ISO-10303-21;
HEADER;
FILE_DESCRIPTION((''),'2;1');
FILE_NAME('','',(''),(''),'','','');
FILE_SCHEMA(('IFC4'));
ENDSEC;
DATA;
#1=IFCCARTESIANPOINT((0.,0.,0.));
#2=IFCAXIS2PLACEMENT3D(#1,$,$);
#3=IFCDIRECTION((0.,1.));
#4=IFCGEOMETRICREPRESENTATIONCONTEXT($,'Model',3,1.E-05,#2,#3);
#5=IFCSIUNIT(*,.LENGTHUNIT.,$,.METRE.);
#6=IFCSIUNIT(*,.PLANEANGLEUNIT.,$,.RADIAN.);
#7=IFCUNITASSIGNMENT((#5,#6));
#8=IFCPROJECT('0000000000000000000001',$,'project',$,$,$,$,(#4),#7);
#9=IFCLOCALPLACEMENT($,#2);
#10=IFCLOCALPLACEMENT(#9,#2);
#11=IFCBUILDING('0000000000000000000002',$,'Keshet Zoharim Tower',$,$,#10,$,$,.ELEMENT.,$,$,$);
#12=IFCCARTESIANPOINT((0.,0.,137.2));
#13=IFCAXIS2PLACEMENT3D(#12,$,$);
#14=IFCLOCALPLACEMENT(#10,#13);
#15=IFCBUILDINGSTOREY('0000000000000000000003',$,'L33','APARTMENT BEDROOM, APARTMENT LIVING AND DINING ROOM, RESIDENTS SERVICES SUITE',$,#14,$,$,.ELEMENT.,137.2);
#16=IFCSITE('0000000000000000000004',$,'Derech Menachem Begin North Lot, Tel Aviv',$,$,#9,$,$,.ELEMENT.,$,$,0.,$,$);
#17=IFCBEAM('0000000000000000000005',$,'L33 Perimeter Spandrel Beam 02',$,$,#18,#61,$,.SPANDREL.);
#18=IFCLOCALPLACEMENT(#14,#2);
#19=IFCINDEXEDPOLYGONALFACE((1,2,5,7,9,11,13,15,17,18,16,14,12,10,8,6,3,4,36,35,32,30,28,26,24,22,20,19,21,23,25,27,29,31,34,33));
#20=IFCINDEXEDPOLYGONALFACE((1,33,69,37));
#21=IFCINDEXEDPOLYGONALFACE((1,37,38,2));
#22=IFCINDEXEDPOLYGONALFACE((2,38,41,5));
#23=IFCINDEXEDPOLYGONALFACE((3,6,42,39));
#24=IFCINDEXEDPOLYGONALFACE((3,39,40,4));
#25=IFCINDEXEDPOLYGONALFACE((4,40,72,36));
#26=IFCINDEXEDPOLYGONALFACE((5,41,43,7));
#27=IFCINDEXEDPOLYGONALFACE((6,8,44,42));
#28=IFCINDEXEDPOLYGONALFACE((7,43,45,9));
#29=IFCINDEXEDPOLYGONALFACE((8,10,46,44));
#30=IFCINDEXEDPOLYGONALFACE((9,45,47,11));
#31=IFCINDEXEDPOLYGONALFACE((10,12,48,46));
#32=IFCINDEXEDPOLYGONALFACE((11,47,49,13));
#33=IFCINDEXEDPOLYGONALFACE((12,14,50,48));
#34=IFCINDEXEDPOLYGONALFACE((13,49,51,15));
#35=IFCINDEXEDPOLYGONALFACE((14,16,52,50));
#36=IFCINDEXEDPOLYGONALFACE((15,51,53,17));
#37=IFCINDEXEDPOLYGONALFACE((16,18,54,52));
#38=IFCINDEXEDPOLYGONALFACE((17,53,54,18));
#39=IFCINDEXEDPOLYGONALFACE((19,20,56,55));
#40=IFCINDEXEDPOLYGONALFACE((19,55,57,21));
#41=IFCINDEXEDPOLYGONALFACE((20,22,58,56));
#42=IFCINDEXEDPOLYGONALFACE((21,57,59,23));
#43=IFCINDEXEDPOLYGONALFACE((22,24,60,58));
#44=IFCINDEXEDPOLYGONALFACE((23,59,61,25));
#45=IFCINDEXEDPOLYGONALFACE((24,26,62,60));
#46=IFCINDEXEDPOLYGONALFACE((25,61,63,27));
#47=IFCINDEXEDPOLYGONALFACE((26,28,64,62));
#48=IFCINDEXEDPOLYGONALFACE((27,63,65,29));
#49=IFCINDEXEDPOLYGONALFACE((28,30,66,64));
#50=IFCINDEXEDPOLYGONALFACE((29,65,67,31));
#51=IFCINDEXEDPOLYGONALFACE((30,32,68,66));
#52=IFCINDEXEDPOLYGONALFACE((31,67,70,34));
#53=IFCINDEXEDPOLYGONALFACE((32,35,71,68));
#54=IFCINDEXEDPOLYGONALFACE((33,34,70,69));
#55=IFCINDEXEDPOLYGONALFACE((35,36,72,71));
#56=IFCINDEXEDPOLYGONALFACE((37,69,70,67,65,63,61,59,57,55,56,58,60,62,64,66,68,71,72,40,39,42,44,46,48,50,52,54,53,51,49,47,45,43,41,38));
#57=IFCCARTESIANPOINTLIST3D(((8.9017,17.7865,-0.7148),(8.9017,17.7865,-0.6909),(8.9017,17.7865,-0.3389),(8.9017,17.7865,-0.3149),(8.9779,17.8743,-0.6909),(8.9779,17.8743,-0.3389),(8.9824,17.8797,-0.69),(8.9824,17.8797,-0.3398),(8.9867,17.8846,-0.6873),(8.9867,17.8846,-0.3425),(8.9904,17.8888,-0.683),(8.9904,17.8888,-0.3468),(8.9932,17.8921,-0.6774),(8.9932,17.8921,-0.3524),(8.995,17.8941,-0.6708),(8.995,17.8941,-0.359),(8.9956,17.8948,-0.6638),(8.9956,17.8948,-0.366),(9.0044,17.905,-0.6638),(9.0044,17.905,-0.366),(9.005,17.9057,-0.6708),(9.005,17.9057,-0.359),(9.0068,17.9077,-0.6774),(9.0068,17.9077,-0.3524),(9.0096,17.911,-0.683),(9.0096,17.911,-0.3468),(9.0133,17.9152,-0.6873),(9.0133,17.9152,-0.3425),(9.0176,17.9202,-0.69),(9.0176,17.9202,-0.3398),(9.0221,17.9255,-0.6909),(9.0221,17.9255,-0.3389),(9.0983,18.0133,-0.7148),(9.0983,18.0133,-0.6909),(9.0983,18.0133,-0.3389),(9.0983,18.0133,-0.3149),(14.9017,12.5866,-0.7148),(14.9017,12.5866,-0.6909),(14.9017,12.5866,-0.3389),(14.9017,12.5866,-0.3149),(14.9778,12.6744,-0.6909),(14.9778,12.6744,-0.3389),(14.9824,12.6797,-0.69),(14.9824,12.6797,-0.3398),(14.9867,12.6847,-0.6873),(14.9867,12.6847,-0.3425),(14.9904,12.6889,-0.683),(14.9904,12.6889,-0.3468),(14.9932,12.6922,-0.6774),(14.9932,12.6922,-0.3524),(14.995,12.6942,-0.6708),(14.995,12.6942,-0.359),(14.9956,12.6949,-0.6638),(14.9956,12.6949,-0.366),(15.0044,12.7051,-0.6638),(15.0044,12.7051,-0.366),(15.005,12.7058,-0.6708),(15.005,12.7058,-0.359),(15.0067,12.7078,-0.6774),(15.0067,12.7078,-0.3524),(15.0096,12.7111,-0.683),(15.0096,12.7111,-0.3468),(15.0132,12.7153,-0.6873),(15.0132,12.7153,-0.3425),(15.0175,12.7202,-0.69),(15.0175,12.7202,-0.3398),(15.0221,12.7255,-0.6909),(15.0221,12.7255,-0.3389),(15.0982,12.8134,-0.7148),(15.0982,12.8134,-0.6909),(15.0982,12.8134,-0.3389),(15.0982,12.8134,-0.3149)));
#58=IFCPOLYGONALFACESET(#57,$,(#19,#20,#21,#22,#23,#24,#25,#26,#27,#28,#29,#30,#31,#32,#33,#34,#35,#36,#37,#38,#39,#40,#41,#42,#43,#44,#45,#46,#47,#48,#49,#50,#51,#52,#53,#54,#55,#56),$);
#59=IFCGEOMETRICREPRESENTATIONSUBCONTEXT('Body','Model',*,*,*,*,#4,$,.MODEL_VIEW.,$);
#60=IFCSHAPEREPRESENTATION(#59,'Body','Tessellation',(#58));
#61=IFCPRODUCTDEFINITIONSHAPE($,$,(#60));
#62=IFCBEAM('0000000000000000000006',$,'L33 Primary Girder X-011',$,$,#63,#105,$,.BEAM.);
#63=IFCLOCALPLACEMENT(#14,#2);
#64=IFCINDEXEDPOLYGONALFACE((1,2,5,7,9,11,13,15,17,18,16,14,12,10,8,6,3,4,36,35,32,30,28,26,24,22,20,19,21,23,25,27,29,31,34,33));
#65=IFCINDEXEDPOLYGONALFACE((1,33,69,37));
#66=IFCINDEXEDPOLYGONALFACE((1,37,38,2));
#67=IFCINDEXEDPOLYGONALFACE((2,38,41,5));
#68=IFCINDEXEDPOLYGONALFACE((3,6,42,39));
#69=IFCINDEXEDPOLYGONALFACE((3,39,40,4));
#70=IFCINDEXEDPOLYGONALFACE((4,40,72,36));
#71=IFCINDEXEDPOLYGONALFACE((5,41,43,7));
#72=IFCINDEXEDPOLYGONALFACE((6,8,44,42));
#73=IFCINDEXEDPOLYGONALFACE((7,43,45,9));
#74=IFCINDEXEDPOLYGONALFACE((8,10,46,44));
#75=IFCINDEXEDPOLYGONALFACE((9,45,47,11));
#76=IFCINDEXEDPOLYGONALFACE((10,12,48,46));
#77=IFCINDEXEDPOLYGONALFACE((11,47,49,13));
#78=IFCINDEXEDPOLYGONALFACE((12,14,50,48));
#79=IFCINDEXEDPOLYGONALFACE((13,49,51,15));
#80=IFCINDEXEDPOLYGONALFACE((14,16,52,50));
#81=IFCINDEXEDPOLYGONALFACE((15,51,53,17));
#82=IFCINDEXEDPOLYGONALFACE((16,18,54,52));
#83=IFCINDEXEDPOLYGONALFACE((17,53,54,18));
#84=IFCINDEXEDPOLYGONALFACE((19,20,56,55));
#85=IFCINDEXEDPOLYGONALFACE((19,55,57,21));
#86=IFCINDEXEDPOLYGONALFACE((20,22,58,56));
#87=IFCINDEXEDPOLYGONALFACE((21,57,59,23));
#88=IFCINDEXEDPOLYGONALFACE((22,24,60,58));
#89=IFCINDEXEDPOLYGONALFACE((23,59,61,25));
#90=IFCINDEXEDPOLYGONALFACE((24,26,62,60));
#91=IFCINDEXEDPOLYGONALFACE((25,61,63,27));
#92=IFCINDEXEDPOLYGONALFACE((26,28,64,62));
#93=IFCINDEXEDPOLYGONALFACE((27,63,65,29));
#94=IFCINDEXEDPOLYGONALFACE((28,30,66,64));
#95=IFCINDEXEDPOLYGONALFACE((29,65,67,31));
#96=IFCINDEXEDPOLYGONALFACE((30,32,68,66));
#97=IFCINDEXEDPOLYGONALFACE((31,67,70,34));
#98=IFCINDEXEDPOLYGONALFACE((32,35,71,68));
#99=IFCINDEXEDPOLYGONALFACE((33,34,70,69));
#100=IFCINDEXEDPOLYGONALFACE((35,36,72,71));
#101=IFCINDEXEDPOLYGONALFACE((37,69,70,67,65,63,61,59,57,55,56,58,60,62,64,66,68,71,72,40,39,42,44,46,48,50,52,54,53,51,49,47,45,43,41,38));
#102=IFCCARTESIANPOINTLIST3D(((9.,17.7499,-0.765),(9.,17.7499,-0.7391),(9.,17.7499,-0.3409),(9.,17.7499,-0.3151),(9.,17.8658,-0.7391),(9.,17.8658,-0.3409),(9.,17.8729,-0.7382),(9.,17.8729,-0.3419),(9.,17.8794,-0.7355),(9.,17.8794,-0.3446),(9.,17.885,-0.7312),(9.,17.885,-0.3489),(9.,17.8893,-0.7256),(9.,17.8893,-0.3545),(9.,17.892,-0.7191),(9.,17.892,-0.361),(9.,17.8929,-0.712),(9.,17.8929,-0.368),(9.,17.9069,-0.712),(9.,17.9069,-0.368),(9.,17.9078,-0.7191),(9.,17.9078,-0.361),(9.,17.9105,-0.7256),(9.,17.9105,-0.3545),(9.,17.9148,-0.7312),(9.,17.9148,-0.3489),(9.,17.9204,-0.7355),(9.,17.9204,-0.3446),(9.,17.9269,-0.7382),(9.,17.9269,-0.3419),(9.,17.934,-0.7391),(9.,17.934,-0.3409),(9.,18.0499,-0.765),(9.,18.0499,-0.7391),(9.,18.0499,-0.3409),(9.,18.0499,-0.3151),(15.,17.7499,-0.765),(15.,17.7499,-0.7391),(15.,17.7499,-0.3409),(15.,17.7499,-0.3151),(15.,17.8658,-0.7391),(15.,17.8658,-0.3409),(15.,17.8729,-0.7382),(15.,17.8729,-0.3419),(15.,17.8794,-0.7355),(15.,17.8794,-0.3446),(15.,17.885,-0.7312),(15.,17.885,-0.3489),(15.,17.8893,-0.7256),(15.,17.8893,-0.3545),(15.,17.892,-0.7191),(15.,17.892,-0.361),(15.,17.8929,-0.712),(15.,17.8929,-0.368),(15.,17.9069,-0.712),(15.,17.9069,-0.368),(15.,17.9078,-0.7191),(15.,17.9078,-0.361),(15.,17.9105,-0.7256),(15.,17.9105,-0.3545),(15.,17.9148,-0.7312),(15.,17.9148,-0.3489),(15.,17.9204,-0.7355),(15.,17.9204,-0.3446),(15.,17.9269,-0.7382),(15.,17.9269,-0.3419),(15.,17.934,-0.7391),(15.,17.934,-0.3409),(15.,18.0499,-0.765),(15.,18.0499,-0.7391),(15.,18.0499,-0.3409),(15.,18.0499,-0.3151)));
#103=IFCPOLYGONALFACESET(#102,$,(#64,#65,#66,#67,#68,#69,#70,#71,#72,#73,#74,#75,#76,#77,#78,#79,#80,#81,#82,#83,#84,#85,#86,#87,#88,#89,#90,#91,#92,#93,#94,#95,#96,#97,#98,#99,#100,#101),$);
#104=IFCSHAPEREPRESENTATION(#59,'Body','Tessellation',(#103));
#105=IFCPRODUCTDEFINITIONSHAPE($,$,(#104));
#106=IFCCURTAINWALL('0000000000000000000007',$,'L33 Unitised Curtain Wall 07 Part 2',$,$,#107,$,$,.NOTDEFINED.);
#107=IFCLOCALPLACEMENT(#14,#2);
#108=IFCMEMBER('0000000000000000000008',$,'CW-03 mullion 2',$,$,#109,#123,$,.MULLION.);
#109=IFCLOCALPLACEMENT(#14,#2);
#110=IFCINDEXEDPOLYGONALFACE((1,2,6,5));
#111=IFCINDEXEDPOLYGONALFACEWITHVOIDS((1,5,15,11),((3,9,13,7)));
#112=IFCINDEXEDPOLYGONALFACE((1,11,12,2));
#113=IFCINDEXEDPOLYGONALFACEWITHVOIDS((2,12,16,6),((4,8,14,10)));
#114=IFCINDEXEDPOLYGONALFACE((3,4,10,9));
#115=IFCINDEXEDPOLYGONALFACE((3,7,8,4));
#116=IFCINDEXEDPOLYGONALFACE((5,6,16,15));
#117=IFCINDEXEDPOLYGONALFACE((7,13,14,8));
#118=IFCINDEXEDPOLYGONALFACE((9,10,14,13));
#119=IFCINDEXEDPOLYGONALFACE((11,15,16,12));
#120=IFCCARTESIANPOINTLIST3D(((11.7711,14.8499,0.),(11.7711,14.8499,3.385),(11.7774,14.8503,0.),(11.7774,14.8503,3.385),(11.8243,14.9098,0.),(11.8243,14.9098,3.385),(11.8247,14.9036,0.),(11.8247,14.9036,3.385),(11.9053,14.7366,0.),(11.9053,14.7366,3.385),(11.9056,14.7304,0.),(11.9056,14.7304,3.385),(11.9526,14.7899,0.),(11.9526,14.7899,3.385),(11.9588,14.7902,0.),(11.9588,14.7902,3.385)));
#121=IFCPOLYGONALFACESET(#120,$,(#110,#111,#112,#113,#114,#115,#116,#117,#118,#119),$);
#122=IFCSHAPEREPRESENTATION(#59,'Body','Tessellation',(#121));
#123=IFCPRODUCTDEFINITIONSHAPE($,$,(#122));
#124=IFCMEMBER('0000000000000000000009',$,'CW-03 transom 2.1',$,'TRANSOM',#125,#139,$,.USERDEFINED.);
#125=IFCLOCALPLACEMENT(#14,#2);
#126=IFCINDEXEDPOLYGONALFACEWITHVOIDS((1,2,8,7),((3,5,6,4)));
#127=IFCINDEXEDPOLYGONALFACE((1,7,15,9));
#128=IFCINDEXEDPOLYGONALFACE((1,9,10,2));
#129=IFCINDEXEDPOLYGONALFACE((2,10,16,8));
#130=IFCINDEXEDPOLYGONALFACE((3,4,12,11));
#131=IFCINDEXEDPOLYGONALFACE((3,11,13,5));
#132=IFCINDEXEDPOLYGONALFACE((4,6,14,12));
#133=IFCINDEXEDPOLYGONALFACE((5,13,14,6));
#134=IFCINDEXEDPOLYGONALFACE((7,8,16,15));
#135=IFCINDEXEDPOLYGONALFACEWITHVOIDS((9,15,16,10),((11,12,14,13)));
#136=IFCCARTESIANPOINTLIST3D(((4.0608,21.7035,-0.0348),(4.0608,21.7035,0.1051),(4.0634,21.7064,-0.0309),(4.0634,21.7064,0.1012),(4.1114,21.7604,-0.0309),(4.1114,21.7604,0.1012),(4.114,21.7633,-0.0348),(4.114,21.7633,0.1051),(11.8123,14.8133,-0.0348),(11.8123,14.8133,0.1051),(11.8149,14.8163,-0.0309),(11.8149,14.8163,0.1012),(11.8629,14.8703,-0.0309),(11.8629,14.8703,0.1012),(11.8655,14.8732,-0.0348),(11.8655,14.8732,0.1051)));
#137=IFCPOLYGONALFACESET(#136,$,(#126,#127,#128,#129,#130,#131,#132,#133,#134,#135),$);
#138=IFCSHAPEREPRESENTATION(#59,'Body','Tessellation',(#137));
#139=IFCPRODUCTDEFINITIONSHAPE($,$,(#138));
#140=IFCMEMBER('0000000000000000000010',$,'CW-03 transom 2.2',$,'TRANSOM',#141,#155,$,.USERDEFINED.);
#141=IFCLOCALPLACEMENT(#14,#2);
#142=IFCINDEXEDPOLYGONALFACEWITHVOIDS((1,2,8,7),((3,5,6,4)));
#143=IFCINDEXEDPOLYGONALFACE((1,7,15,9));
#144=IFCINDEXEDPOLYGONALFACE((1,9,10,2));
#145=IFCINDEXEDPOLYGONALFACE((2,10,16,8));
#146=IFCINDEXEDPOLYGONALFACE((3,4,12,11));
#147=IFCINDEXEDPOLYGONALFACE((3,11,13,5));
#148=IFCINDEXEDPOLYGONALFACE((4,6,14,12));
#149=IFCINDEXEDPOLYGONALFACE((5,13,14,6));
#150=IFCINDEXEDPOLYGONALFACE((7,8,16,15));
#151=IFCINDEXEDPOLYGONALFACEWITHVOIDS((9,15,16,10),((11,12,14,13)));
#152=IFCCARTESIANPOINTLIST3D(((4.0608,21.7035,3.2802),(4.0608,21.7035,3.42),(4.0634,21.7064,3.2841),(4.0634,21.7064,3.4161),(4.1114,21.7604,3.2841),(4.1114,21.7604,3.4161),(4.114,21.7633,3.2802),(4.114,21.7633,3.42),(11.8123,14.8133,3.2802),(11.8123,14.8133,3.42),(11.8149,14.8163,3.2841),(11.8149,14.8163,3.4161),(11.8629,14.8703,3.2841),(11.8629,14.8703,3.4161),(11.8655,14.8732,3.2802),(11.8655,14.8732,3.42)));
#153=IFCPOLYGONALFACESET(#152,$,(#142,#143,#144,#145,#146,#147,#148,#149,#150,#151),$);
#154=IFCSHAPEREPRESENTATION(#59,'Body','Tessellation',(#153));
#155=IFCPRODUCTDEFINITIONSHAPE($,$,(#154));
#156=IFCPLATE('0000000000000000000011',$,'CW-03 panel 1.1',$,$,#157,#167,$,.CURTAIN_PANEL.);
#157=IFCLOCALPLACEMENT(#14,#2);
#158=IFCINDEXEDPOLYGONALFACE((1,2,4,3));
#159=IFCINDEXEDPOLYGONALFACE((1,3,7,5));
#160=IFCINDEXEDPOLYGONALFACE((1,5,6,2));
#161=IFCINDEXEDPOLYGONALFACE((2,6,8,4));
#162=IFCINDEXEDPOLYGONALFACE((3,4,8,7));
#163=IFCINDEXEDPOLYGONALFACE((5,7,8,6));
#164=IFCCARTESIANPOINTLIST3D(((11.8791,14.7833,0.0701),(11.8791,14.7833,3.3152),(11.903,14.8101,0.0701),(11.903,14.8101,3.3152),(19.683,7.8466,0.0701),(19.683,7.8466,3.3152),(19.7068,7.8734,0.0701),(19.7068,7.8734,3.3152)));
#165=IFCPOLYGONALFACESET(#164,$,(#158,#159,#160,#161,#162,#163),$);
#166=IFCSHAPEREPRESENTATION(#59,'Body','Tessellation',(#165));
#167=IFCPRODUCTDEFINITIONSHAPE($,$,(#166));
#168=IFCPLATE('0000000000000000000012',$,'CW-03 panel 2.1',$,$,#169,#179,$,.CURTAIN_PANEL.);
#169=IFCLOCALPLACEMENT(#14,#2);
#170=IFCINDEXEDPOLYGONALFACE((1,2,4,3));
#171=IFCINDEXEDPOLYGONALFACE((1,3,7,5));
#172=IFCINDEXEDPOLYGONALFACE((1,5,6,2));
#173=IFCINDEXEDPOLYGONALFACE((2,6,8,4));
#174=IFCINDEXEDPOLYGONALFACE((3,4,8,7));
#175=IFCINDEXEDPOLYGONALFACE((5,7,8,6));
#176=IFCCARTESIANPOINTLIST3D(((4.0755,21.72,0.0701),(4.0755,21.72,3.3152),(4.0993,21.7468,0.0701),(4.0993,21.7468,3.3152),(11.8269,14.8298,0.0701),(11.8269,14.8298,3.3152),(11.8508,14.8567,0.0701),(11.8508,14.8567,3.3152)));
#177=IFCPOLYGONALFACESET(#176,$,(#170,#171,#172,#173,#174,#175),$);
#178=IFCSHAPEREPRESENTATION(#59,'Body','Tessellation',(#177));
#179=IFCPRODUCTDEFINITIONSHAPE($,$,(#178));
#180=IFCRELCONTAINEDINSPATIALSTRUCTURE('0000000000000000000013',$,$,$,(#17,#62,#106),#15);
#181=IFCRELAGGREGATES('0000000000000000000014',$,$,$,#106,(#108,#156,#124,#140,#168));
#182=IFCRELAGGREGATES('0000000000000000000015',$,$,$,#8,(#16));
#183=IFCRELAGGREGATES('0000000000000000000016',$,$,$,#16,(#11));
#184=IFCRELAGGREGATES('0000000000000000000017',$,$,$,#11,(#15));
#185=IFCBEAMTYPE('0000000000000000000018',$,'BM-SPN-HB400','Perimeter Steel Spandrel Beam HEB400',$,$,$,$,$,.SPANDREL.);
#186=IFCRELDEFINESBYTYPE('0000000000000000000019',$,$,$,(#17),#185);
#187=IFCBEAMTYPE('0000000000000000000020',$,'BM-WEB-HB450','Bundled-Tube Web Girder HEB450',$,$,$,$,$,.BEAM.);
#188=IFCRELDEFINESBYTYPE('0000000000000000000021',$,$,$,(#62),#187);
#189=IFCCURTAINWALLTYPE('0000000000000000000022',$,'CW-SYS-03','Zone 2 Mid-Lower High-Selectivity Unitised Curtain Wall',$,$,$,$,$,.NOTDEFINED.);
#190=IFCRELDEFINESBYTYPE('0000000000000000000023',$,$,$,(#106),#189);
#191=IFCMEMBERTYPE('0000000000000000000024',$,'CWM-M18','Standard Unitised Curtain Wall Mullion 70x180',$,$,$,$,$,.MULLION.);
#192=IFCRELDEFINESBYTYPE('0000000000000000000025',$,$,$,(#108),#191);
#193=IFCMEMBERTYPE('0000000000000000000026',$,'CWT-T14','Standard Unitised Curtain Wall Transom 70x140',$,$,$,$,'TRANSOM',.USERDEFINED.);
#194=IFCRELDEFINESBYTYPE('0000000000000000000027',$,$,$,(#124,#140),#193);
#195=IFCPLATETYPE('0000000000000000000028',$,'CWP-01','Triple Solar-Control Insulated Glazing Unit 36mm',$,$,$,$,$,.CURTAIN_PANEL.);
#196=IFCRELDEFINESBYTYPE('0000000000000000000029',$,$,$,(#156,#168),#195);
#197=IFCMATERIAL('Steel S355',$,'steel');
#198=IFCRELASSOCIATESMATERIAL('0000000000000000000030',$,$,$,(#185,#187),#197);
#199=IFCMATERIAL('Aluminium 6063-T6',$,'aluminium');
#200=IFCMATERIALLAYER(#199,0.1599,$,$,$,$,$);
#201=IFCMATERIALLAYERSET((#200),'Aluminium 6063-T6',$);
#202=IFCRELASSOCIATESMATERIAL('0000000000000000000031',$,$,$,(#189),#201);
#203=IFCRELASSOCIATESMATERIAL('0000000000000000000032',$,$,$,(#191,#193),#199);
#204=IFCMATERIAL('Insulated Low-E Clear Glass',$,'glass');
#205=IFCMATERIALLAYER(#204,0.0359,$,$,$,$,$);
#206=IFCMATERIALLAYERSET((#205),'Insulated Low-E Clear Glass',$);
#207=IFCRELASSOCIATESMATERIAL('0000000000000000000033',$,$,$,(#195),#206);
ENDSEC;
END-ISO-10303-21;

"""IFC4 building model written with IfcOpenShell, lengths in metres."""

from ifc_helpers import new_model, si_unit, direction, frame, origin, origin_2d, place, context, subcontext, project, spatial, rectangle, hollow_rectangle, i_section, extrude, material, layer, layer_set, material_profile, profile_set, type_object, element, aggregate, save


model = new_model("IFC4")

# Units and contexts
model_context = context("Model", 3, precision=1e-05, world=origin(), true_north=direction((0.0, 1.0)))
body_context = subcontext(model_context, "Body", "Model", "MODEL_VIEW")
ifc_project = project(units=[si_unit("LENGTHUNIT", "METRE"), si_unit("PLANEANGLEUNIT", "RADIAN")], contexts=[model_context])

# Site, building, storey
site_placement = place(None, origin())
site = spatial("IfcSite", under=ifc_project, at=site_placement, Name="Derech Menachem Begin North Lot, Tel Aviv", CompositionType="ELEMENT", RefElevation=0.0)
building_placement = place(site_placement, origin())
building = spatial("IfcBuilding", under=site, at=building_placement, Name="Keshet Zoharim Tower", CompositionType="ELEMENT")
storey_placement = place(building_placement, frame((0.0, 0.0, 137.2)))
storey = spatial("IfcBuildingStorey", under=building, at=storey_placement, Name="L33", Description="APARTMENT BEDROOM, APARTMENT LIVING AND DINING ROOM, RESIDENTS SERVICES SUITE", CompositionType="ELEMENT", Elevation=137.2)

# Shared definitions
ifc_material_1 = material(Name="Steel S355", Category="steel")

# Beams
ifc_material_profile_1 = material_profile(ifc_material_1, i_section(OverallWidth=0.3, OverallDepth=0.3999, WebThickness=0.0134, FlangeThickness=0.0239, FilletRadius=0.0271, at=origin_2d()), Name="HEB400")
ifc_profile_set_1 = profile_set([ifc_material_profile_1], Name="Steel S355")
beam_type_1 = type_object("IfcBeamType", Name="BM-SPN-HB400", Description="Perimeter Steel Spandrel Beam HEB400", PredefinedType="SPANDREL", material=ifc_profile_set_1)
beam_1_placement = place(storey_placement, frame((9.0, 17.8999, -0.5149), z_axis=(0.755692, -0.654927, 0.0), x_axis=(0.654927, 0.755692, 0.0)))
element("IfcBeam", 1, at=beam_1_placement, inside=storey, type_object=beam_type_1, Name="L33 Perimeter Spandrel Beam 02", PredefinedType="SPANDREL", context=body_context, shape_type="SweptSolid", body=[
    extrude(i_section(OverallWidth=0.3, OverallDepth=0.3999, WebThickness=0.0134, FlangeThickness=0.0239, FilletRadius=0.0271, at=origin_2d()), origin(), (0.0, 0.0, 1.0), 7.9397),
])
ifc_material_profile_2 = material_profile(ifc_material_1, i_section(OverallWidth=0.3, OverallDepth=0.45, WebThickness=0.0139, FlangeThickness=0.0259, FilletRadius=0.0271, at=origin_2d()), Name="HEB450")
ifc_profile_set_2 = profile_set([ifc_material_profile_2], Name="Steel S355")
beam_type_2 = type_object("IfcBeamType", Name="BM-WEB-HB450", Description="Bundled-Tube Web Girder HEB450", PredefinedType="BEAM", material=ifc_profile_set_2)
beam_2_placement = place(storey_placement, frame((9.0, 17.8999, -0.54), z_axis=(1.0, 0.0, 0.0), x_axis=(0.0, 1.0, 0.0)))
element("IfcBeam", 2, at=beam_2_placement, inside=storey, type_object=beam_type_2, Name="L33 Primary Girder X-011", PredefinedType="BEAM", context=body_context, shape_type="SweptSolid", body=[
    extrude(i_section(OverallWidth=0.3, OverallDepth=0.45, WebThickness=0.0139, FlangeThickness=0.0259, FilletRadius=0.0271, at=origin_2d()), origin(), (0.0, 0.0, 1.0), 6.0),
])

# Curtain wall, members, plates
ifc_material_2 = material(Name="Aluminium 6063-T6", Category="aluminium")
ifc_layer_1 = layer(ifc_material_2, 0.1599)
ifc_layer_set_1 = layer_set([ifc_layer_1], Name="Aluminium 6063-T6")
curtain_wall_type = type_object("IfcCurtainWallType", Name="CW-SYS-03", Description="Zone 2 Mid-Lower High-Selectivity Unitised Curtain Wall", PredefinedType="NOTDEFINED", material=ifc_layer_set_1)
curtain_wall_placement = place(storey_placement, origin())
curtain_wall = element("IfcCurtainWall", 3, at=curtain_wall_placement, inside=storey, type_object=curtain_wall_type, Name="L33 Unitised Curtain Wall 07 Part 2", PredefinedType="NOTDEFINED")
ifc_material_profile_3 = material_profile(ifc_material_2, hollow_rectangle(XDim=0.0801, YDim=0.1799, WallThickness=0.0044, at=origin_2d()), Name="MUL-80x180")
ifc_profile_set_3 = profile_set([ifc_material_profile_3], Name="Aluminium 6063-T6")
member_type_1 = type_object("IfcMemberType", Name="CWM-M18", Description="Standard Unitised Curtain Wall Mullion 70x180", PredefinedType="MULLION", material=ifc_profile_set_3)
member_1_placement = place(storey_placement, frame((11.865, 14.8201, 0.0), z_axis=(0.0, 0.0, 1.0), x_axis=(-0.664364, -0.74741, 0.0)))
member_1 = element("IfcMember", 4, at=member_1_placement, type_object=member_type_1, Name="CW-03 mullion 2", PredefinedType="MULLION", context=body_context, shape_type="SweptSolid", body=[
    extrude(hollow_rectangle(XDim=0.0801, YDim=0.1799, WallThickness=0.0044, at=origin_2d()), origin(), (0.0, 0.0, 1.0), 3.385),
])
ifc_material_profile_4 = material_profile(ifc_material_2, hollow_rectangle(XDim=0.0801, YDim=0.1399, WallThickness=0.0039, at=origin_2d()), Name="TRN-80x140")
ifc_profile_set_4 = profile_set([ifc_material_profile_4], Name="Aluminium 6063-T6")
member_type_2 = type_object("IfcMemberType", Name="CWT-T14", Description="Standard Unitised Curtain Wall Transom 70x140", ElementType="TRANSOM", PredefinedType="USERDEFINED", material=ifc_profile_set_4)
member_2_placement = place(storey_placement, frame((11.8389, 14.8433, 0.0352), z_axis=(-0.747412, 0.664361, 0.0), x_axis=(-0.664361, -0.747412, 0.0)))
member_2 = element("IfcMember", 5, at=member_2_placement, type_object=member_type_2, Name="CW-03 transom 2.1", ObjectType="TRANSOM", PredefinedType="USERDEFINED", context=body_context, shape_type="SweptSolid", body=[
    extrude(hollow_rectangle(XDim=0.0801, YDim=0.1399, WallThickness=0.0039, at=origin_2d()), origin(), (0.0, 0.0, 1.0), 10.3711),
])
member_3_placement = place(storey_placement, frame((11.8389, 14.8433, 3.3501), z_axis=(-0.747412, 0.664361, 0.0), x_axis=(-0.664361, -0.747412, 0.0)))
member_3 = element("IfcMember", 6, at=member_3_placement, type_object=member_type_2, Name="CW-03 transom 2.2", ObjectType="TRANSOM", PredefinedType="USERDEFINED", context=body_context, shape_type="SweptSolid", body=[
    extrude(hollow_rectangle(XDim=0.0801, YDim=0.1399, WallThickness=0.0039, at=origin_2d()), origin(), (0.0, 0.0, 1.0), 10.3711),
])
ifc_material_3 = material(Name="Insulated Low-E Clear Glass", Category="glass")
ifc_layer_2 = layer(ifc_material_3, 0.0359)
ifc_layer_set_2 = layer_set([ifc_layer_2], Name="Insulated Low-E Clear Glass")
plate_type = type_object("IfcPlateType", Name="CWP-01", Description="Triple Solar-Control Insulated Glazing Unit 36mm", PredefinedType="CURTAIN_PANEL", material=ifc_layer_set_2)
plate_1_placement = place(storey_placement, frame((15.793, 11.3284, 0.0701), z_axis=(0.0, 0.0, 1.0), x_axis=(-0.74741, 0.664364, 0.0)))
plate_1 = element("IfcPlate", 7, at=plate_1_placement, type_object=plate_type, Name="CW-03 panel 1.1", PredefinedType="CURTAIN_PANEL", context=body_context, shape_type="SweptSolid", body=[
    extrude(rectangle(XDim=10.4412, YDim=0.0359, at=origin_2d()), origin(), (0.0, 0.0, 1.0), 3.2451),
])
plate_2_placement = place(storey_placement, frame((7.9631, 18.2883, 0.0701), z_axis=(0.0, 0.0, 1.0), x_axis=(-0.74741, 0.664364, 0.0)))
plate_2 = element("IfcPlate", 8, at=plate_2_placement, type_object=plate_type, Name="CW-03 panel 2.1", PredefinedType="CURTAIN_PANEL", context=body_context, shape_type="SweptSolid", body=[
    extrude(rectangle(XDim=10.3711, YDim=0.0359, at=origin_2d()), origin(), (0.0, 0.0, 1.0), 3.2451),
])
aggregate(curtain_wall, [member_1, plate_1, member_2, member_3, plate_2])

save(model, "model.ifc")
